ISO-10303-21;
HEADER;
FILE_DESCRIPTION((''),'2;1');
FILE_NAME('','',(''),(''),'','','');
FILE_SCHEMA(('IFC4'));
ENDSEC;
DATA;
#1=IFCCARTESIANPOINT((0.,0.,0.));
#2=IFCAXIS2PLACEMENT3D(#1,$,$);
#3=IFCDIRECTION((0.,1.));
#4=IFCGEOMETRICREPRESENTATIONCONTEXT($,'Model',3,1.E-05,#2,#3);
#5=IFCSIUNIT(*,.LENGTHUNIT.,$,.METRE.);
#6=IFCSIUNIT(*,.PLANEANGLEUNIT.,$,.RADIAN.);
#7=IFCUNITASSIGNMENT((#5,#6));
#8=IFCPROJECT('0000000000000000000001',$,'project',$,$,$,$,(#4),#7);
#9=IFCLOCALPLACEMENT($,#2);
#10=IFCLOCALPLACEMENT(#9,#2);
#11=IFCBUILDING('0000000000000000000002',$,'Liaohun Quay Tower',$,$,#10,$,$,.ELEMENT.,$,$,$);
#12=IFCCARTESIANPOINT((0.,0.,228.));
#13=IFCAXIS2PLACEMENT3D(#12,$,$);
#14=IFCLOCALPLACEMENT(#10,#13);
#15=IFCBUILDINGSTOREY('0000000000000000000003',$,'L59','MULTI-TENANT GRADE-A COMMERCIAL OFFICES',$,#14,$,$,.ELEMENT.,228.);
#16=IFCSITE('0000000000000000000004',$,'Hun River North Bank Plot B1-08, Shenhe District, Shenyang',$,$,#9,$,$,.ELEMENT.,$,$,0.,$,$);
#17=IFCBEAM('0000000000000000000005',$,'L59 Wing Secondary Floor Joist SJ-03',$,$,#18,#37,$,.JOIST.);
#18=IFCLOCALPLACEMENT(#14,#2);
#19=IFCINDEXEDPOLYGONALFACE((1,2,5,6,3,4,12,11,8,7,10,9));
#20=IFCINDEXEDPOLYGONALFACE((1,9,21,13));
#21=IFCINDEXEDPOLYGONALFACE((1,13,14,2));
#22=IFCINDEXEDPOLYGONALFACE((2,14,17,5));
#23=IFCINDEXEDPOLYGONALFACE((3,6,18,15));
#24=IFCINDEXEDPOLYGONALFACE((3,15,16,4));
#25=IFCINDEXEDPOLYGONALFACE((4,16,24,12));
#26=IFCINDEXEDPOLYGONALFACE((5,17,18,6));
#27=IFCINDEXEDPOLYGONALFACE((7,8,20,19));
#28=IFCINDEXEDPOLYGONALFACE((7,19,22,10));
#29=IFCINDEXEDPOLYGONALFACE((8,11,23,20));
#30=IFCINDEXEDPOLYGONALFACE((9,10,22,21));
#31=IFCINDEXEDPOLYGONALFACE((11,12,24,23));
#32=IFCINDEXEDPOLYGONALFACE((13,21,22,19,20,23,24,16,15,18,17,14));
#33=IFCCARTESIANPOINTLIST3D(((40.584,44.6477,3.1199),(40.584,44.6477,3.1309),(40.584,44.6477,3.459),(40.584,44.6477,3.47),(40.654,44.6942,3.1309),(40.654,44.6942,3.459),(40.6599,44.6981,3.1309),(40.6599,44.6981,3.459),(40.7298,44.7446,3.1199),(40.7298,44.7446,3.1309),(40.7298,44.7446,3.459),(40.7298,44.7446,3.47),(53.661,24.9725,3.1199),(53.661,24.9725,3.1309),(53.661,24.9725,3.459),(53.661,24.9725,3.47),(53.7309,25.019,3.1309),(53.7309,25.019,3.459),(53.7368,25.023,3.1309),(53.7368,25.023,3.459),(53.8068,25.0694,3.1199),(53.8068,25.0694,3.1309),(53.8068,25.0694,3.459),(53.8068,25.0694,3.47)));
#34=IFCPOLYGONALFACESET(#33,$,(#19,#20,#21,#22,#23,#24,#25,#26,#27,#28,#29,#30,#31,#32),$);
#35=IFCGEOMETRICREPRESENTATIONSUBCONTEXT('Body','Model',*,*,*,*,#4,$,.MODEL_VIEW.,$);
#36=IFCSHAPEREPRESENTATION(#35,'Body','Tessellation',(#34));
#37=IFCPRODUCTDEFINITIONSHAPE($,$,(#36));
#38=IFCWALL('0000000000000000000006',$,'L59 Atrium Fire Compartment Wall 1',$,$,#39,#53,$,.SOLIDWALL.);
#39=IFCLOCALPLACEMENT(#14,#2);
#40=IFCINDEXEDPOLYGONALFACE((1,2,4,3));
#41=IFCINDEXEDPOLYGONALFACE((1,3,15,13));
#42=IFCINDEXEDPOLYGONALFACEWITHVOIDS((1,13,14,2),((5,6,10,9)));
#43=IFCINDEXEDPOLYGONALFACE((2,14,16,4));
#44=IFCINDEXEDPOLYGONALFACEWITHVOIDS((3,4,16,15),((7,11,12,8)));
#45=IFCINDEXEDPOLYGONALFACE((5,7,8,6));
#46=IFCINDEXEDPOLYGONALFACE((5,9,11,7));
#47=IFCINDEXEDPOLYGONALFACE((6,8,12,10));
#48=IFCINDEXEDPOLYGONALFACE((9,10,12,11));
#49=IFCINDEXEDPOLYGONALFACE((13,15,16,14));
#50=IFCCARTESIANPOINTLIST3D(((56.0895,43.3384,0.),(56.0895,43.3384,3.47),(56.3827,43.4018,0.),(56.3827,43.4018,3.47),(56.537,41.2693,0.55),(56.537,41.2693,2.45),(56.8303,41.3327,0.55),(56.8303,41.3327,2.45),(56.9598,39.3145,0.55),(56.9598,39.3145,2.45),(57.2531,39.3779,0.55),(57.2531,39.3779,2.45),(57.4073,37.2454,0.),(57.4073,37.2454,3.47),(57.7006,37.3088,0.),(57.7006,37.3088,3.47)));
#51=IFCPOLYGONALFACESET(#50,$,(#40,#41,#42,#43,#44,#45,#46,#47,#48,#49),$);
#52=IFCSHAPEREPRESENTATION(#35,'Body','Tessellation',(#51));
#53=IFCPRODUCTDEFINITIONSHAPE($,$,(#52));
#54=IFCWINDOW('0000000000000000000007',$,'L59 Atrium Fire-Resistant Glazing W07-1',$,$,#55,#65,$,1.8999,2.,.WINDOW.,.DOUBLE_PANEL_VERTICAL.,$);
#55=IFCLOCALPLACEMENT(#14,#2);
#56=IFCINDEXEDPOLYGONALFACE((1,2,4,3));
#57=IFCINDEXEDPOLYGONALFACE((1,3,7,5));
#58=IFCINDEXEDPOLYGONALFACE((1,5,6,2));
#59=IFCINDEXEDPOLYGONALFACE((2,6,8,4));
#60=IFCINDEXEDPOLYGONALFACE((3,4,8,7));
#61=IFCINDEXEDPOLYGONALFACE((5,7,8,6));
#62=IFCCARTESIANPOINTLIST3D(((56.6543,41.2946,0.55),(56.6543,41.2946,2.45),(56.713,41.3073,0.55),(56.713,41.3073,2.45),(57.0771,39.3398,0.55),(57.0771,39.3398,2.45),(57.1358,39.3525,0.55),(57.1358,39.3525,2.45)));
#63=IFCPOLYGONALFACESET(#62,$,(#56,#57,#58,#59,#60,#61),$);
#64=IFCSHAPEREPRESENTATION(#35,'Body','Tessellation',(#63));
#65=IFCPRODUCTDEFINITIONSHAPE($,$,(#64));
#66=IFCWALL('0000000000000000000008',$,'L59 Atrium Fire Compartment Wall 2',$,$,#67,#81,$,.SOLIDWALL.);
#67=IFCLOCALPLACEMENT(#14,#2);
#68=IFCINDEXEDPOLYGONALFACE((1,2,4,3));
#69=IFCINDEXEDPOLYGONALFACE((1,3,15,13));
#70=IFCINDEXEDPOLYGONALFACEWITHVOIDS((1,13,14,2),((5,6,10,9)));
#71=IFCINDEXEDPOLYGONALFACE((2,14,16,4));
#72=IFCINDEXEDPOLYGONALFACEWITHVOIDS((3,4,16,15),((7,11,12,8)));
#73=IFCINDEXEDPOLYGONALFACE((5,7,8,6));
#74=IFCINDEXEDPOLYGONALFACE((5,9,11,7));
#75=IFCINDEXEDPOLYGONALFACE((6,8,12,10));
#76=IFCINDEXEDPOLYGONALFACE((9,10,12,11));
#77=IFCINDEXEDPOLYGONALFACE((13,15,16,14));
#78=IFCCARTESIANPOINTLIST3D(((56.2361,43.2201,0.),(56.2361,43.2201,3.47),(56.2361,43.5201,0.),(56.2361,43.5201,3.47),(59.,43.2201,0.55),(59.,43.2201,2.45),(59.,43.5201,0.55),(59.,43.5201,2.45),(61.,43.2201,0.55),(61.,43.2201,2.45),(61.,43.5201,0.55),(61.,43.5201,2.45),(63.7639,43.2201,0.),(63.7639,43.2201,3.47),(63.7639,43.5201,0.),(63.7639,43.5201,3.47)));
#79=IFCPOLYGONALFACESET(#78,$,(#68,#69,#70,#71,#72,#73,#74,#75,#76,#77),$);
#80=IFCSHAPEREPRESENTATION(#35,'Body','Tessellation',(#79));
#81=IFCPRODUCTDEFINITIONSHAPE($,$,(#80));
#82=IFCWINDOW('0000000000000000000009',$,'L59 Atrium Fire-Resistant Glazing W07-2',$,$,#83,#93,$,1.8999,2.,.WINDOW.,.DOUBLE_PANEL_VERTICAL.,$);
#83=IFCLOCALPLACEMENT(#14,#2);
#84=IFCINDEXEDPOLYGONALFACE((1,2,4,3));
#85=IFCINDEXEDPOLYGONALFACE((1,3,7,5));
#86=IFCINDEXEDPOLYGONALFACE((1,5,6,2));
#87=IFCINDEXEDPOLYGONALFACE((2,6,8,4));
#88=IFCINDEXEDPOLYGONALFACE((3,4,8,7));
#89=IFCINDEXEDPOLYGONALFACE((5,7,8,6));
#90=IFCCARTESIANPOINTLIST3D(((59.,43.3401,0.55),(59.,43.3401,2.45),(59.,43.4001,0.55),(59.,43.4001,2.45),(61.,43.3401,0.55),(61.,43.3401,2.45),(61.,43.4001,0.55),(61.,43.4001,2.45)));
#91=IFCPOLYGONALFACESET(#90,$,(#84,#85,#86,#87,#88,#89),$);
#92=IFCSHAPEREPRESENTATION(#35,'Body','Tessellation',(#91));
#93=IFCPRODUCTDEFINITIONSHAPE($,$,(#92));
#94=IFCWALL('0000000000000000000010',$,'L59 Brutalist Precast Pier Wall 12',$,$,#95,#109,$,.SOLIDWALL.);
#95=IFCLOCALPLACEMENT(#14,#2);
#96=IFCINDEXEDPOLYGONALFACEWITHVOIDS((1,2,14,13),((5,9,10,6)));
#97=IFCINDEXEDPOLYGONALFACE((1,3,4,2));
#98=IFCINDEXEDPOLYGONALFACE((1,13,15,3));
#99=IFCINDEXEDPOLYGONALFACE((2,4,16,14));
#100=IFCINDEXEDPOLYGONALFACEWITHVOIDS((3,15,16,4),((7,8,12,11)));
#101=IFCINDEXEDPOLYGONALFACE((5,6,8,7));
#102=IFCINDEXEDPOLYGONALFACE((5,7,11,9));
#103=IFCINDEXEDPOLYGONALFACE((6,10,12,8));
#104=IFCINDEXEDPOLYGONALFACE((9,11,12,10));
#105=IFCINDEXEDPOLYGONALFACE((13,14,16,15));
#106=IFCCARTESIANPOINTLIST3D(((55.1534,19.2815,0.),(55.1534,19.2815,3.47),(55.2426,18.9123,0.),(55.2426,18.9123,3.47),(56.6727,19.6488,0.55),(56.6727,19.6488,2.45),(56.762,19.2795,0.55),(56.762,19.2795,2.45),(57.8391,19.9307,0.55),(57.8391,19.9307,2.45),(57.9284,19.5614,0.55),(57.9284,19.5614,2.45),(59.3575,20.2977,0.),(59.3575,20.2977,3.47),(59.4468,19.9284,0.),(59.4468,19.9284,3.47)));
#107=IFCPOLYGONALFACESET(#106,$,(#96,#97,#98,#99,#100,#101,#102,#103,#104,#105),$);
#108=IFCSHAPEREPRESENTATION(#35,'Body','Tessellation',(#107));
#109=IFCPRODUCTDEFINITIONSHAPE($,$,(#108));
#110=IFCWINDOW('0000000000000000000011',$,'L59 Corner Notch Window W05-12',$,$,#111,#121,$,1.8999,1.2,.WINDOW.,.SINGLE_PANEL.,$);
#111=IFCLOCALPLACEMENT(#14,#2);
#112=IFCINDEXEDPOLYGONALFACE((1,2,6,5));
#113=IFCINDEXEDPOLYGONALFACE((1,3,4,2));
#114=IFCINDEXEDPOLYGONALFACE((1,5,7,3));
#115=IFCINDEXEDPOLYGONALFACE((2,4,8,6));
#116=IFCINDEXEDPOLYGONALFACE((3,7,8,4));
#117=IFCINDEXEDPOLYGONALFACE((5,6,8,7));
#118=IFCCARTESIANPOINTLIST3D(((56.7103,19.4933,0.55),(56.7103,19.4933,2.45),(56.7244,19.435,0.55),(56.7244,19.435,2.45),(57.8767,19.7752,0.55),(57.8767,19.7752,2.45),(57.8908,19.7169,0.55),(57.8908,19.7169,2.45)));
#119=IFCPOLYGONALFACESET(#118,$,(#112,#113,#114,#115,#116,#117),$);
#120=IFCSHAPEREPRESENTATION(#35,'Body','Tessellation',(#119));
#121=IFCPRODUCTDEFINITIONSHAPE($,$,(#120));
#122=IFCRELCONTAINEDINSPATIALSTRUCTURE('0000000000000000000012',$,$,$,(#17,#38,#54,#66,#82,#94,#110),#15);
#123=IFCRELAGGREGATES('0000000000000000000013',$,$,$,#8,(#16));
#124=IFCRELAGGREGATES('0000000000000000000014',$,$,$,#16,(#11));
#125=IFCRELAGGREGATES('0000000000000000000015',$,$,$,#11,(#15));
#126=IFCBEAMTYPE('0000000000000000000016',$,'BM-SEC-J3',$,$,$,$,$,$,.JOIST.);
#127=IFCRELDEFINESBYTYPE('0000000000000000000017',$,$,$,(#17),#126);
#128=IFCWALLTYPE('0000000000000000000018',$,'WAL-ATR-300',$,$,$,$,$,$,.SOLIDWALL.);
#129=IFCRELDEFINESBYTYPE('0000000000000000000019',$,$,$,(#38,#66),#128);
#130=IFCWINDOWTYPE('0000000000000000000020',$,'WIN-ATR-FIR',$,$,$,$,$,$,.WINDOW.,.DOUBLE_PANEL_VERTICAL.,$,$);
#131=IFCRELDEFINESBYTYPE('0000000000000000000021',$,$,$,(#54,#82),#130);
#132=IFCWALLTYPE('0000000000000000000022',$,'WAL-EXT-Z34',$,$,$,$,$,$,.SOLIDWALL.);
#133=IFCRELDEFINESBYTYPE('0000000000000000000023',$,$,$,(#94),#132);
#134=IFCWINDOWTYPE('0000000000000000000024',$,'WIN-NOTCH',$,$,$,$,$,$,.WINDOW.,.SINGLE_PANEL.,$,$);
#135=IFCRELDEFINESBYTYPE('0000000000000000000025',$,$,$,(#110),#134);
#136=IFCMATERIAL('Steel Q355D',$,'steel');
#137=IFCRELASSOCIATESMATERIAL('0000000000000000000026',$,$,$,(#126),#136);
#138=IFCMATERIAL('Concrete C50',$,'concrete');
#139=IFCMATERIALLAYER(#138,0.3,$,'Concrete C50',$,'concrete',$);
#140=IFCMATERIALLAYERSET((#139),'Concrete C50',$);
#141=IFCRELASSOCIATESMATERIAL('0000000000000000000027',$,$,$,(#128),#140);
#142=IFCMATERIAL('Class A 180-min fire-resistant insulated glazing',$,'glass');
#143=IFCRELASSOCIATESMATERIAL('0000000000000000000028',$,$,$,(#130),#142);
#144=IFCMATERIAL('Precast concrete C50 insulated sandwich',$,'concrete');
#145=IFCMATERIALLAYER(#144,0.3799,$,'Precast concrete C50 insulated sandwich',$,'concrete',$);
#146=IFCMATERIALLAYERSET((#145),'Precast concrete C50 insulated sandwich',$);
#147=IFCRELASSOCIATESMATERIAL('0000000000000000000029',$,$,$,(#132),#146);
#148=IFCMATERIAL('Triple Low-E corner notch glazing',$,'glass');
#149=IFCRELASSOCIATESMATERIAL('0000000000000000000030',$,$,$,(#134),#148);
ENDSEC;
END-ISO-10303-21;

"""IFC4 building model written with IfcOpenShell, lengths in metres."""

from ifc_helpers import new_model, si_unit, direction, frame, frame_2d, origin, origin_2d, place, context, subcontext, project, spatial, rectangle, i_section, extrude, source, transform, mapped, material, layer, layer_set, material_profile, profile_set, type_object, element, fill, save


model = new_model("IFC4")

# Units and contexts
model_context = context("Model", 3, precision=1e-05, world=origin(), true_north=direction((0.0, 1.0)))
body_context = subcontext(model_context, "Body", "Model", "MODEL_VIEW")
ifc_project = project(units=[si_unit("LENGTHUNIT", "METRE"), si_unit("PLANEANGLEUNIT", "RADIAN")], contexts=[model_context])

# Site, building, storey
site_placement = place(None, origin())
site = spatial("IfcSite", under=ifc_project, at=site_placement, Name="Hun River North Bank Plot B1-08, Shenhe District, Shenyang", CompositionType="ELEMENT", RefElevation=0.0)
building_placement = place(site_placement, origin())
building = spatial("IfcBuilding", under=site, at=building_placement, Name="Liaohun Quay Tower", CompositionType="ELEMENT")
storey_placement = place(building_placement, frame((0.0, 0.0, 228.0)))
storey = spatial("IfcBuildingStorey", under=building, at=storey_placement, Name="L59", Description="MULTI-TENANT GRADE-A COMMERCIAL OFFICES", CompositionType="ELEMENT", Elevation=228.0)

# Beam
ifc_material_1 = material(Name="Steel Q355D", Category="steel")
ifc_material_profile_1 = material_profile(ifc_material_1, i_section(OverallWidth=0.175, OverallDepth=0.3501, WebThickness=0.0071, FlangeThickness=0.011, at=origin_2d()), Name="HN350x175x7x11")
ifc_profile_set_1 = profile_set([ifc_material_profile_1], Name="Steel Q355D")
beam_type_1 = type_object("IfcBeamType", Name="BM-SEC-J3", PredefinedType="JOIST", material=ifc_profile_set_1)
shared_shape_1 = source(origin(), body_context, "Body", "SweptSolid", [
    extrude(i_section(OverallWidth=0.175, OverallDepth=0.3501, WebThickness=0.0071, FlangeThickness=0.011, at=origin_2d()), origin(), (0.0, 0.0, 1.0), 23.6245),
])
beam_1_placement = place(storey_placement, frame((53.7339, 25.021, 3.2949), z_axis=(-0.553533, 0.832827, 0.0), x_axis=(-0.832827, -0.553533, 0.0)))
element("IfcBeam", 1, at=beam_1_placement, inside=storey, type_object=beam_type_1, Name="L59 Wing Secondary Floor Joist SJ-03", PredefinedType="JOIST", context=body_context, shape_type="MappedRepresentation", body=[
    mapped(shared_shape_1, transform((0.0, 0.0, 0.0), x_axis=(1.0, 0.0, 0.0), y_axis=(0.0, 1.0, 0.0), z_axis=(0.0, 0.0, 1.0), scale=1.0)),
])

# Walls, openings, windows
ifc_material_2 = material(Name="Concrete C50", Category="concrete")
ifc_layer_1 = layer(ifc_material_2, 0.3, Name="Concrete C50", Category="concrete")
ifc_layer_set_1 = layer_set([ifc_layer_1], Name="Concrete C50")
wall_type_1 = type_object("IfcWallType", Name="WAL-ATR-300", PredefinedType="SOLIDWALL", material=ifc_layer_set_1)
wall_1_placement = place(storey_placement, frame((57.554, 37.2771, 0.0), z_axis=(0.0, 0.0, 1.0), x_axis=(-0.211404, 0.977399, 0.0)))
wall_1 = element("IfcWall", 2, at=wall_1_placement, inside=storey, type_object=wall_type_1, Name="L59 Atrium Fire Compartment Wall 1", PredefinedType="SOLIDWALL", context=body_context, shape_type="SweptSolid", body=[
    extrude(rectangle(XDim=6.2339, YDim=0.3, at=frame_2d((3.1169, 0.0))), origin(), (0.0, 0.0, 1.0), 3.47),
])
shared_shape_2 = source(origin(), body_context, "Body", "SweptSolid", [
    extrude(rectangle(XDim=2.0, YDim=1.8999, at=frame_2d((1.0, 0.95))), frame((0.0, 0.1599, 0.0), z_axis=(0.0, -1.0, 0.0), x_axis=(1.0, 0.0, 0.0)), (0.0, 0.0, 1.0), 0.3201),
])
opening_1_placement = place(wall_1_placement, frame((2.1169, 0.0, 0.55)))
opening_1 = element("IfcOpeningElement", 3, at=opening_1_placement, cuts=wall_1, PredefinedType="OPENING", context=body_context, shape_type="MappedRepresentation", body=[
    mapped(shared_shape_2, transform((0.0, 0.0, 0.0), x_axis=(1.0, 0.0, 0.0), y_axis=(0.0, 1.0, 0.0), z_axis=(0.0, 0.0, 1.0), scale=1.0)),
])
ifc_material_3 = material(Name="Class A 180-min fire-resistant insulated glazing", Category="glass")
window_type_1 = type_object("IfcWindowType", Name="WIN-ATR-FIR", PartitioningType="DOUBLE_PANEL_VERTICAL", PredefinedType="WINDOW", material=ifc_material_3)
shared_shape_3 = source(origin(), body_context, "Body", "SweptSolid", [
    extrude(rectangle(XDim=2.0, YDim=1.8999, at=frame_2d((1.0, 0.95))), frame((0.0, 0.03, 0.0), z_axis=(0.0, -1.0, 0.0), x_axis=(1.0, 0.0, 0.0)), (0.0, 0.0, 1.0), 0.0601),
])
window_1_placement = place(opening_1_placement, origin())
window_1 = element("IfcWindow", 4, at=window_1_placement, inside=storey, type_object=window_type_1, Name="L59 Atrium Fire-Resistant Glazing W07-1", OverallHeight=1.8999, OverallWidth=2.0, PartitioningType="DOUBLE_PANEL_VERTICAL", PredefinedType="WINDOW", context=body_context, shape_type="MappedRepresentation", body=[
    mapped(shared_shape_3, transform((0.0, 0.0, 0.0), x_axis=(1.0, 0.0, 0.0), y_axis=(0.0, 1.0, 0.0), z_axis=(0.0, 0.0, 1.0), scale=1.0)),
])
fill(opening_1, window_1)
wall_2_placement = place(storey_placement, frame((56.2361, 43.3701, 0.0), z_axis=(0.0, 0.0, 1.0), x_axis=(1.0, 0.0, 0.0)))
wall_2 = element("IfcWall", 5, at=wall_2_placement, inside=storey, type_object=wall_type_1, Name="L59 Atrium Fire Compartment Wall 2", PredefinedType="SOLIDWALL", context=body_context, shape_type="SweptSolid", body=[
    extrude(rectangle(XDim=7.5278, YDim=0.3, at=frame_2d((3.7639, 0.0))), origin(), (0.0, 0.0, 1.0), 3.47),
])
opening_2_placement = place(wall_2_placement, frame((2.7639, 0.0, 0.55)))
opening_2 = element("IfcOpeningElement", 6, at=opening_2_placement, cuts=wall_2, PredefinedType="OPENING", context=body_context, shape_type="MappedRepresentation", body=[
    mapped(shared_shape_2, transform((0.0, 0.0, 0.0), x_axis=(1.0, 0.0, 0.0), y_axis=(0.0, 1.0, 0.0), z_axis=(0.0, 0.0, 1.0), scale=1.0)),
])
window_2_placement = place(opening_2_placement, origin())
window_2 = element("IfcWindow", 7, at=window_2_placement, inside=storey, type_object=window_type_1, Name="L59 Atrium Fire-Resistant Glazing W07-2", OverallHeight=1.8999, OverallWidth=2.0, PartitioningType="DOUBLE_PANEL_VERTICAL", PredefinedType="WINDOW", context=body_context, shape_type="MappedRepresentation", body=[
    mapped(shared_shape_3, transform((0.0, 0.0, 0.0), x_axis=(1.0, 0.0, 0.0), y_axis=(0.0, 1.0, 0.0), z_axis=(0.0, 0.0, 1.0), scale=1.0)),
])
fill(opening_2, window_2)
ifc_material_4 = material(Name="Precast concrete C50 insulated sandwich", Category="concrete")
ifc_layer_2 = layer(ifc_material_4, 0.3799, Name="Precast concrete C50 insulated sandwich", Category="concrete")
ifc_layer_set_2 = layer_set([ifc_layer_2], Name="Precast concrete C50 insulated sandwich")
wall_type_2 = type_object("IfcWallType", Name="WAL-EXT-Z34", PredefinedType="SOLIDWALL", material=ifc_layer_set_2)
wall_3_placement = place(storey_placement, frame((55.198, 19.0969, 0.0), z_axis=(0.0, 0.0, 1.0), x_axis=(0.972012, 0.234931, 0.0)))
wall_3 = element("IfcWall", 8, at=wall_3_placement, inside=storey, type_object=wall_type_2, Name="L59 Brutalist Precast Pier Wall 12", PredefinedType="SOLIDWALL", context=body_context, shape_type="SweptSolid", body=[
    extrude(rectangle(XDim=4.3252, YDim=0.3799, at=frame_2d((2.1626, 0.0))), origin(), (0.0, 0.0, 1.0), 3.47),
])
shared_shape_4 = source(origin(), body_context, "Body", "SweptSolid", [
    extrude(rectangle(XDim=1.2, YDim=1.8999, at=frame_2d((0.6001, 0.95))), frame((0.0, 0.2, 0.0), z_axis=(0.0, -1.0, 0.0), x_axis=(1.0, 0.0, 0.0)), (0.0, 0.0, 1.0), 0.3999),
])
opening_3_placement = place(wall_3_placement, frame((1.563, 0.0, 0.55)))
opening_3 = element("IfcOpeningElement", 9, at=opening_3_placement, cuts=wall_3, PredefinedType="OPENING", context=body_context, shape_type="MappedRepresentation", body=[
    mapped(shared_shape_4, transform((0.0, 0.0, 0.0), x_axis=(1.0, 0.0, 0.0), y_axis=(0.0, 1.0, 0.0), z_axis=(0.0, 0.0, 1.0), scale=1.0)),
])
ifc_material_5 = material(Name="Triple Low-E corner notch glazing", Category="glass")
window_type_2 = type_object("IfcWindowType", Name="WIN-NOTCH", PartitioningType="SINGLE_PANEL", PredefinedType="WINDOW", material=ifc_material_5)
shared_shape_5 = source(origin(), body_context, "Body", "SweptSolid", [
    extrude(rectangle(XDim=1.2, YDim=1.8999, at=frame_2d((0.6001, 0.95))), frame((0.0, 0.03, 0.0), z_axis=(0.0, -1.0, 0.0), x_axis=(1.0, 0.0, 0.0)), (0.0, 0.0, 1.0), 0.0601),
])
window_3_placement = place(opening_3_placement, origin())
window_3 = element("IfcWindow", 10, at=window_3_placement, inside=storey, type_object=window_type_2, Name="L59 Corner Notch Window W05-12", OverallHeight=1.8999, OverallWidth=1.2, PartitioningType="SINGLE_PANEL", PredefinedType="WINDOW", context=body_context, shape_type="MappedRepresentation", body=[
    mapped(shared_shape_5, transform((0.0, 0.0, 0.0), x_axis=(1.0, 0.0, 0.0), y_axis=(0.0, 1.0, 0.0), z_axis=(0.0, 0.0, 1.0), scale=1.0)),
])
fill(opening_3, window_3)

save(model, "model.ifc")
